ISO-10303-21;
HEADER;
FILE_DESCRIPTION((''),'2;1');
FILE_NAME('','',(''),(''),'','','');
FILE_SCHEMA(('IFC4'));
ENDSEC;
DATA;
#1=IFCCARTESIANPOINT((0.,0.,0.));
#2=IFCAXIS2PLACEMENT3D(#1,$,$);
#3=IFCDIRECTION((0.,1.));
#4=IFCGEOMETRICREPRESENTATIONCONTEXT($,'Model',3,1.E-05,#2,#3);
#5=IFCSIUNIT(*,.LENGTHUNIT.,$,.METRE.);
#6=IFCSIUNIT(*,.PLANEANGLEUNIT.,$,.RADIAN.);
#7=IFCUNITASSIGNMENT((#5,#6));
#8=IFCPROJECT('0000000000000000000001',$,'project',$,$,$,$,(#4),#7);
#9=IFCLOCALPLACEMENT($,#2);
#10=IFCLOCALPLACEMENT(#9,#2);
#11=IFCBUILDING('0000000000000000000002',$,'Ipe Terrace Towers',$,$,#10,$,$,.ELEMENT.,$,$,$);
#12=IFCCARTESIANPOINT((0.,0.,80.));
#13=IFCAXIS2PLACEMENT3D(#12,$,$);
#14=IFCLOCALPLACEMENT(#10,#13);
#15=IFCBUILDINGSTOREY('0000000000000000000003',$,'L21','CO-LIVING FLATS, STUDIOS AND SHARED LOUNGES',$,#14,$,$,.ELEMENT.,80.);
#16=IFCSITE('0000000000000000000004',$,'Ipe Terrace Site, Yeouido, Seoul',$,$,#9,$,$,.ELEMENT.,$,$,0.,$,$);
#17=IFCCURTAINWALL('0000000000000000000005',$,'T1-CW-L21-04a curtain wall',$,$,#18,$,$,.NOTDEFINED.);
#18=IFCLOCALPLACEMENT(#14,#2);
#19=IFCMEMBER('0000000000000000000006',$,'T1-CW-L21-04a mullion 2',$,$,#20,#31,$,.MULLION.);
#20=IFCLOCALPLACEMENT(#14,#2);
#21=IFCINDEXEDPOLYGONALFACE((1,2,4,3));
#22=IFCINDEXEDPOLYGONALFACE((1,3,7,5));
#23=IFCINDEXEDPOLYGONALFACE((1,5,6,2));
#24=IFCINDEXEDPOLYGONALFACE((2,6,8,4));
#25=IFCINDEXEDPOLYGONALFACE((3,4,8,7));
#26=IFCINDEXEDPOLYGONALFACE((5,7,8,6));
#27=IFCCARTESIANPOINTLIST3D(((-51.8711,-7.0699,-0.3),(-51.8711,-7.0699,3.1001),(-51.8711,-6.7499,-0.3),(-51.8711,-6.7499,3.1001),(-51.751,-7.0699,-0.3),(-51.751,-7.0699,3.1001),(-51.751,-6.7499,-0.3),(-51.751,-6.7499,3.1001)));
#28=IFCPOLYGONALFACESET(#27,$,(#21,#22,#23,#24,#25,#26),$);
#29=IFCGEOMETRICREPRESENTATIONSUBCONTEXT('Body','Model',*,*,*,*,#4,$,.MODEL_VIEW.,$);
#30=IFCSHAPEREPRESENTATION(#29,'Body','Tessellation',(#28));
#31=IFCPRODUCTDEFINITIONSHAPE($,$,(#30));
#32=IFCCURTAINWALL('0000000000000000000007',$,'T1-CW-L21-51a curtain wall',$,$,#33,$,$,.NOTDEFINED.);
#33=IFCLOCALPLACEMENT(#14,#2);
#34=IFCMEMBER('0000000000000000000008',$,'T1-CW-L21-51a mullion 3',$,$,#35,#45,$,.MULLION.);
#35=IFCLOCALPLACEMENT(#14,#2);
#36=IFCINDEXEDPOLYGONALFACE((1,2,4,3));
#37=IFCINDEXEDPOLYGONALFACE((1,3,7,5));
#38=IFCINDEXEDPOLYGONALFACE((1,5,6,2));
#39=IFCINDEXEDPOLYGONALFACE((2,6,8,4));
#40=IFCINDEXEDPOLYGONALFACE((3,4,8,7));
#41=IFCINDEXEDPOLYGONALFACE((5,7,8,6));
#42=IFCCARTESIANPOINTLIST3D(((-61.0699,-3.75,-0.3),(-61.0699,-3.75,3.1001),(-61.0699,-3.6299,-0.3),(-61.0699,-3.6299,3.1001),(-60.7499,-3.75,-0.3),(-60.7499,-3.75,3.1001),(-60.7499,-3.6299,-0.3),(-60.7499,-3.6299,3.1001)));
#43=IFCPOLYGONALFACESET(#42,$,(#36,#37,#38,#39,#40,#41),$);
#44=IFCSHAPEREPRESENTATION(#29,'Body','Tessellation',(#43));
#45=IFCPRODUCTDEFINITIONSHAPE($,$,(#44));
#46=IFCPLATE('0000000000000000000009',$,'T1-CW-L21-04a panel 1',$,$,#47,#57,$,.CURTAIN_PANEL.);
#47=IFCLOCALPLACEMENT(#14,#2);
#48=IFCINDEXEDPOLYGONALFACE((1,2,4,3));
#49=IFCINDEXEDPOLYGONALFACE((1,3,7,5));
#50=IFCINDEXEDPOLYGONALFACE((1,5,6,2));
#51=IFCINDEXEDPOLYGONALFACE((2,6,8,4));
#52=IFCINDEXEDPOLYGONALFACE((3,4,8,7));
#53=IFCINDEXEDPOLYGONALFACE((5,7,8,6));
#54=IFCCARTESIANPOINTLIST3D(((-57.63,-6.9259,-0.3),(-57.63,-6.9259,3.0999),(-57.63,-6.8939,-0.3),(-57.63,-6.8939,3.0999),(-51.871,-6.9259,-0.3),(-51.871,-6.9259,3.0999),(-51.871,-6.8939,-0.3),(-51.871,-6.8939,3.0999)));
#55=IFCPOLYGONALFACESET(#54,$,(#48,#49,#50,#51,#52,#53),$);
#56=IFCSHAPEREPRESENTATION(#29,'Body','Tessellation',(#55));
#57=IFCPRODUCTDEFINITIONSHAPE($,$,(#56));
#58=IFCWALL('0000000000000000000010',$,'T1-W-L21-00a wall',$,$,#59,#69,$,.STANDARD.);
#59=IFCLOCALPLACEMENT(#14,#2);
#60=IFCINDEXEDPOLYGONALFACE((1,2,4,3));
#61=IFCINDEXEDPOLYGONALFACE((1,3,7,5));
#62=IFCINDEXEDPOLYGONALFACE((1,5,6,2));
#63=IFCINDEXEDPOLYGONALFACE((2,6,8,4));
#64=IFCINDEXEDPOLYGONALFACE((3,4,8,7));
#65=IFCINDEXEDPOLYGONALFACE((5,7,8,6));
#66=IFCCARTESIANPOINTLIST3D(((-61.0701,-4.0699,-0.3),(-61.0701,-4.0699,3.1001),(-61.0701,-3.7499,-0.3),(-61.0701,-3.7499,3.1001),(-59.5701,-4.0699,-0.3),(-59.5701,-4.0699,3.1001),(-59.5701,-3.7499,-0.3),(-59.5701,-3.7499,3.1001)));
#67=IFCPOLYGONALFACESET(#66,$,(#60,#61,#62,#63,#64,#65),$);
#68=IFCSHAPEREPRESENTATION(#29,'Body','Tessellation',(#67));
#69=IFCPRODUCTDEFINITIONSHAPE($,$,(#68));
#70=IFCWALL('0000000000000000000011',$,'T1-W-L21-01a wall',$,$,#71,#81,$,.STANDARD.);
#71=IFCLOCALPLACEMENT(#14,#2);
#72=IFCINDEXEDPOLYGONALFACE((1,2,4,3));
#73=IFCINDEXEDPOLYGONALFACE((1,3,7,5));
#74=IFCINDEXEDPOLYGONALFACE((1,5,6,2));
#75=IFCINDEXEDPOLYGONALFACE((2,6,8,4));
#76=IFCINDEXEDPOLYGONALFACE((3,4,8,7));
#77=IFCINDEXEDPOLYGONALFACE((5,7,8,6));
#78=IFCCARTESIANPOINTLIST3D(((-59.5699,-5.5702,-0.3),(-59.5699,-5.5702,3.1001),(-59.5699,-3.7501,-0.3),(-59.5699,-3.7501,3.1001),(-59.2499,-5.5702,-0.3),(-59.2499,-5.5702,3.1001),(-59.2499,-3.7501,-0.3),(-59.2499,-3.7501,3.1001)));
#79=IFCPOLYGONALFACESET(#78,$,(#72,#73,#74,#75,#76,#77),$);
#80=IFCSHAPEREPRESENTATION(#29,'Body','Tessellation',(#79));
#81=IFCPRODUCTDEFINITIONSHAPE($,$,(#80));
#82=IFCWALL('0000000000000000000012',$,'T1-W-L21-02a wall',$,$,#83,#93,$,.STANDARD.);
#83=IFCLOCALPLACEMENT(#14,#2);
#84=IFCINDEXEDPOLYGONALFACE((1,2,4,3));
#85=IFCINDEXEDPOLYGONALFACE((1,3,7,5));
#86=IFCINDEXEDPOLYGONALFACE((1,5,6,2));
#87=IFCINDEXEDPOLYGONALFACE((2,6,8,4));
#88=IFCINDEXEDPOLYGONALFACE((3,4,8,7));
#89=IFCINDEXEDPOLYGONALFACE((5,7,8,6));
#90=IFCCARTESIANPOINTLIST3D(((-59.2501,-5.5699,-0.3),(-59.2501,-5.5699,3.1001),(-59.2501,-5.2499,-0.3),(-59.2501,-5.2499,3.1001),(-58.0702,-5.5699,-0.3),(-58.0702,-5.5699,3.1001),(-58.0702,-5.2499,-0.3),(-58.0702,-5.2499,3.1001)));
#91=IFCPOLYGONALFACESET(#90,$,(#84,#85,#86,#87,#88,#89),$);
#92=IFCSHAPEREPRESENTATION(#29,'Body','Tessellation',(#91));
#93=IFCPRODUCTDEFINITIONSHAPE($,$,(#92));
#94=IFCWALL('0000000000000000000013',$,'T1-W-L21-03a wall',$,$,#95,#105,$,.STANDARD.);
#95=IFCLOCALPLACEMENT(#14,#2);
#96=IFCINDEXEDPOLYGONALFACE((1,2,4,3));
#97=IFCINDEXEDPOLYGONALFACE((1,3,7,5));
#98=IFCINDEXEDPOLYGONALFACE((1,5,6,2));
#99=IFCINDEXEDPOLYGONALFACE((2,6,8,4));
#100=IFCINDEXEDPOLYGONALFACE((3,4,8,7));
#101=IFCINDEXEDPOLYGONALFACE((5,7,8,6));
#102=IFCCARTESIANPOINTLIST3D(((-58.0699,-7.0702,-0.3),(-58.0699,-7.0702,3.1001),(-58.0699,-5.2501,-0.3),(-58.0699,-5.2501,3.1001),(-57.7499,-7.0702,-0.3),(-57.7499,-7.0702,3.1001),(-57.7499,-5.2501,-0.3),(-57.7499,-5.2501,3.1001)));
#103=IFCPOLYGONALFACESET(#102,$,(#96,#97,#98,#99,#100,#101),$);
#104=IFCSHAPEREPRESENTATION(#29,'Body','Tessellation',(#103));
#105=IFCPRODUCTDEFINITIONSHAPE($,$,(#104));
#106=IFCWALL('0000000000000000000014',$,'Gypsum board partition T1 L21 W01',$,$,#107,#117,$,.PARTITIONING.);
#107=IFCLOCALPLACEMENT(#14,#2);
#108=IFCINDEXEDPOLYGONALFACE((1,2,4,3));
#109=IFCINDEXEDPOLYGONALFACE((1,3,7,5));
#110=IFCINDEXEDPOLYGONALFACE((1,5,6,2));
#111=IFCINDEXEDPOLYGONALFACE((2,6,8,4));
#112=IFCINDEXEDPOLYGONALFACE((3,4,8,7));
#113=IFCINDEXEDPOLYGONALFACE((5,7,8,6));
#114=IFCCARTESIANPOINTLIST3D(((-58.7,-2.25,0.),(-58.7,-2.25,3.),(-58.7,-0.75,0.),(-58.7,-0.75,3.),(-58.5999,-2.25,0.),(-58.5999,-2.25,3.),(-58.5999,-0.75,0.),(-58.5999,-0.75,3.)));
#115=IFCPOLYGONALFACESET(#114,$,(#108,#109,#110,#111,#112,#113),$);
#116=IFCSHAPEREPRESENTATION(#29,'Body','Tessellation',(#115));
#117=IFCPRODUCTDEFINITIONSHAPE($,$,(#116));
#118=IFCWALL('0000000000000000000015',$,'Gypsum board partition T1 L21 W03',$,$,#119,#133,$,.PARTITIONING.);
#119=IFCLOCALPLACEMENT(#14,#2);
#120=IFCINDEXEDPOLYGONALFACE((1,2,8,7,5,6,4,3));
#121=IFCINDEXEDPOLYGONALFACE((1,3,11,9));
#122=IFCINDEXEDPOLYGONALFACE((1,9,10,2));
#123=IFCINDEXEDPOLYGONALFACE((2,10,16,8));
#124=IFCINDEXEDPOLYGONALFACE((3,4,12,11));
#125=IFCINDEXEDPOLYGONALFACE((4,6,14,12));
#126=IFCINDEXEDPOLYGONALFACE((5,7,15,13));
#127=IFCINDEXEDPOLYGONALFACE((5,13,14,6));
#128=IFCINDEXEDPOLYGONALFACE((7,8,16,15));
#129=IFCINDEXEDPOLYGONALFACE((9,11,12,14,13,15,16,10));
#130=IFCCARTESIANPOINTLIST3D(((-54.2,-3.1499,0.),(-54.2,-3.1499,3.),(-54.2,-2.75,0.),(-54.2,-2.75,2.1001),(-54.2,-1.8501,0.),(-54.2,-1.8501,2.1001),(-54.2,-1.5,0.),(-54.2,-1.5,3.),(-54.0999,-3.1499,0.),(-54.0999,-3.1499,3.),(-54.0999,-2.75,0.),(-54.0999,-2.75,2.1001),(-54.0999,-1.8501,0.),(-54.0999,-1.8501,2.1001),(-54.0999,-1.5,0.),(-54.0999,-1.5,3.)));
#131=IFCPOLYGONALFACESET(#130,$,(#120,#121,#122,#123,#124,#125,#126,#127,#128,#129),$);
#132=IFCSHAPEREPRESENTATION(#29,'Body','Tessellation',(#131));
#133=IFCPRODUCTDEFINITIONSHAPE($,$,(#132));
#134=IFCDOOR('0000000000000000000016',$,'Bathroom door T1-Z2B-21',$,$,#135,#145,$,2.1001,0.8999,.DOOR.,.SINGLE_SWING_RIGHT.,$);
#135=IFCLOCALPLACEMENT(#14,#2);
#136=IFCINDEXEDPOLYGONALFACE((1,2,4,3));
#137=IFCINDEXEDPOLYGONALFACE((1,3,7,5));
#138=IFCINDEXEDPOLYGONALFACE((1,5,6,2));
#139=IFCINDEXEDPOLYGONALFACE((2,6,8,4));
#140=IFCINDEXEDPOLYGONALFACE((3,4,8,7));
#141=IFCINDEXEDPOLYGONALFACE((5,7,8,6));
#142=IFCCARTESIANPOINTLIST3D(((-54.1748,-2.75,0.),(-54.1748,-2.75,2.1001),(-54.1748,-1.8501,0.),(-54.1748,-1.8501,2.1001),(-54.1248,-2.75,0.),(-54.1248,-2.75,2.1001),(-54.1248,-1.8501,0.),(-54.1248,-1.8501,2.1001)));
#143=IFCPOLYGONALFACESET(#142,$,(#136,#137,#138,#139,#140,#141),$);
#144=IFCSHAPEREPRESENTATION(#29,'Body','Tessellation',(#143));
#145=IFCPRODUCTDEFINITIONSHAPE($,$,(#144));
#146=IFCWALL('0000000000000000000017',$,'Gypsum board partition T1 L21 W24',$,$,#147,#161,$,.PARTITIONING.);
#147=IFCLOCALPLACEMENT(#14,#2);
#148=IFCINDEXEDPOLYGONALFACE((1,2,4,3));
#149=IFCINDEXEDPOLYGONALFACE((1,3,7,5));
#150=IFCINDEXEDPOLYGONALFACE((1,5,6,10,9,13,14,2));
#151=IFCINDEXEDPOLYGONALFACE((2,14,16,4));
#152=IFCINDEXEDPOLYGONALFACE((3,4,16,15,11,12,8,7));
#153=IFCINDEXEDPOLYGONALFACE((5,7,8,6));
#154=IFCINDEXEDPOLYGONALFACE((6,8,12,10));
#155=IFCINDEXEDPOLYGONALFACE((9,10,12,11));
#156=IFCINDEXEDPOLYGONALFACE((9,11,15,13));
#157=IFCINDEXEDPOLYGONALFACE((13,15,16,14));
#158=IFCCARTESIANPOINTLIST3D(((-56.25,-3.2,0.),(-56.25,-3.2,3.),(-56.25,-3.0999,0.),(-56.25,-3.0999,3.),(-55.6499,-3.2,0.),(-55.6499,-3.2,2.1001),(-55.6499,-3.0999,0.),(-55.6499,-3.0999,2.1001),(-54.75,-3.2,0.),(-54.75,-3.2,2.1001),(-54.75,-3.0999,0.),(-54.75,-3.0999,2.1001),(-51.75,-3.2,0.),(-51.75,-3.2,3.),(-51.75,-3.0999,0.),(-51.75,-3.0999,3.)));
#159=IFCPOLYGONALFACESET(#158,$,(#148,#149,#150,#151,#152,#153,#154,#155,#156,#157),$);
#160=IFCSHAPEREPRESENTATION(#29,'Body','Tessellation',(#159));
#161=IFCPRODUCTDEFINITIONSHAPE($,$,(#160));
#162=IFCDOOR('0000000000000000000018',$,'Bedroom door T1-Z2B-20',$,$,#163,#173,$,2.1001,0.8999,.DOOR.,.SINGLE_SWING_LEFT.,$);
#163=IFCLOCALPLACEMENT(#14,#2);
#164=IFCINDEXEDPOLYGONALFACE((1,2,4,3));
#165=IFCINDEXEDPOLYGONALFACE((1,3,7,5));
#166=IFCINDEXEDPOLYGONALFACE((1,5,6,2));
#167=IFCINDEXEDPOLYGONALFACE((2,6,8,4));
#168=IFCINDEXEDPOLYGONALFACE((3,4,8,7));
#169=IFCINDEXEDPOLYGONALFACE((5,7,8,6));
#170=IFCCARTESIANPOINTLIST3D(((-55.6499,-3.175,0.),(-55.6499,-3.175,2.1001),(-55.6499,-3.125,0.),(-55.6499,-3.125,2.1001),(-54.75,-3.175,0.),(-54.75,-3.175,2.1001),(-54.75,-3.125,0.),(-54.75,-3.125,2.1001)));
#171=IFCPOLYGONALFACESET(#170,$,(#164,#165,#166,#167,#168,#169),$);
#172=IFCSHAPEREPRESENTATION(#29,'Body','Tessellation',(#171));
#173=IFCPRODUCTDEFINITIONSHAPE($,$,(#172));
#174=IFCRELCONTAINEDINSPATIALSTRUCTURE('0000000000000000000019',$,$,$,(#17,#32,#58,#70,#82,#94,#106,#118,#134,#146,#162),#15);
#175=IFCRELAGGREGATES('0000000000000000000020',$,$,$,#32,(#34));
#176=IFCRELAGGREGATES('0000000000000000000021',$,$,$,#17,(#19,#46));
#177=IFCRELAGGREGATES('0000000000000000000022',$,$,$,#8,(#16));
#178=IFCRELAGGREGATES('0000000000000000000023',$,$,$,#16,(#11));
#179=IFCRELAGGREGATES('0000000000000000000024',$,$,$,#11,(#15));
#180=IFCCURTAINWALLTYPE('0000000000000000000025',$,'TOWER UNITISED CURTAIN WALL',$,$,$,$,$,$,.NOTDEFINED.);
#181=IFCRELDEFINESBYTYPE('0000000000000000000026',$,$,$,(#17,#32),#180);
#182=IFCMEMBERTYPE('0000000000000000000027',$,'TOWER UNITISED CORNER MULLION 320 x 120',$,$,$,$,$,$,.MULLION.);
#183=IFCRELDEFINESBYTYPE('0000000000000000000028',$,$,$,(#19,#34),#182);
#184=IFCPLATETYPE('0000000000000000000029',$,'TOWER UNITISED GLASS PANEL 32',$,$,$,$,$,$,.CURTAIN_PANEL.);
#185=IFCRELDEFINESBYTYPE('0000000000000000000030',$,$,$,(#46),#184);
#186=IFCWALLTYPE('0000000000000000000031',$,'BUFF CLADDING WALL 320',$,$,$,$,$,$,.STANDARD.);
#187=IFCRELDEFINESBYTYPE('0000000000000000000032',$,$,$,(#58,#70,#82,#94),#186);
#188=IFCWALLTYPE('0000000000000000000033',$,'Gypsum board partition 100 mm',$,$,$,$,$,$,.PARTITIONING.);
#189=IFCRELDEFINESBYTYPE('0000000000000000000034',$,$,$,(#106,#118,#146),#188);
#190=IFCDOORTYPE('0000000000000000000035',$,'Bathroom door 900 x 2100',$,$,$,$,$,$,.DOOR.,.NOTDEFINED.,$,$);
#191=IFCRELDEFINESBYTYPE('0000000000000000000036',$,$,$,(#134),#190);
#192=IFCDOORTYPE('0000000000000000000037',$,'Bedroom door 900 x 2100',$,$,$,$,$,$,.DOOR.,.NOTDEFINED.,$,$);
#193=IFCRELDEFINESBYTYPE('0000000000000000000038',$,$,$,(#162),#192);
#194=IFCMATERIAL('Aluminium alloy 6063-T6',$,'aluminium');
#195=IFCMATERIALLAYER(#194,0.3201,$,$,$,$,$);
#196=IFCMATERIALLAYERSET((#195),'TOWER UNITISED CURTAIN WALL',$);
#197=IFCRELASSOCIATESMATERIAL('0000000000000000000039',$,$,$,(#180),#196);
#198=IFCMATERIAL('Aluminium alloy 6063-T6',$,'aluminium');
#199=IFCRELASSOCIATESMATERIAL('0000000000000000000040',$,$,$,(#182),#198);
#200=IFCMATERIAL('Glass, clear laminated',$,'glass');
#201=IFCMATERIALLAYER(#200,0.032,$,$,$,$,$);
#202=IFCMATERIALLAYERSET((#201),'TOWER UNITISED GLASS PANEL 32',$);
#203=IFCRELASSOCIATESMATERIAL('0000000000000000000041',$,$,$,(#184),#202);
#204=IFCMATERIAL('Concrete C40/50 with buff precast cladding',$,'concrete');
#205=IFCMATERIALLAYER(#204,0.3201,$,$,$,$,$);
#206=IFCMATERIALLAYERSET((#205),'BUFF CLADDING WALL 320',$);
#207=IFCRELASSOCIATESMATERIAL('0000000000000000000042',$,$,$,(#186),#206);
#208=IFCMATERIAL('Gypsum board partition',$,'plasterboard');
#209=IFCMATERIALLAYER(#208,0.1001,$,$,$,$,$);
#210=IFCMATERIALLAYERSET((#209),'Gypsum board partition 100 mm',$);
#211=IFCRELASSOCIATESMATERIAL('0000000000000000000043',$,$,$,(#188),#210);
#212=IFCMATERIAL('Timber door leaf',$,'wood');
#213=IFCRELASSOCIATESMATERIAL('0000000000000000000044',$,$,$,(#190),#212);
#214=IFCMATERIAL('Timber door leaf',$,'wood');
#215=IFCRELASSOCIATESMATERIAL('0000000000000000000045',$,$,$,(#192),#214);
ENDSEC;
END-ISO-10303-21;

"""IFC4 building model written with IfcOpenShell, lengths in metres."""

from ifc_helpers import new_model, si_unit, direction, frame, frame_2d, origin, origin_2d, place, context, subcontext, project, spatial, rectangle, extrude, material, layer, layer_set, material_profile, profile_set, type_object, element, fill, aggregate, save


model = new_model("IFC4")

# Units and contexts
model_context = context("Model", 3, precision=1e-05, world=origin(), true_north=direction((0.0, 1.0)))
body_context = subcontext(model_context, "Body", "Model", "MODEL_VIEW")
ifc_project = project(units=[si_unit("LENGTHUNIT", "METRE"), si_unit("PLANEANGLEUNIT", "RADIAN")], contexts=[model_context])

# Site, building, storey
site_placement = place(None, origin())
site = spatial("IfcSite", under=ifc_project, at=site_placement, Name="Ipe Terrace Site, Yeouido, Seoul", CompositionType="ELEMENT", RefElevation=0.0)
building_placement = place(site_placement, origin())
building = spatial("IfcBuilding", under=site, at=building_placement, Name="Ipe Terrace Towers", CompositionType="ELEMENT")
storey_placement = place(building_placement, frame((0.0, 0.0, 80.0)))
storey = spatial("IfcBuildingStorey", under=building, at=storey_placement, Name="L21", Description="CO-LIVING FLATS, STUDIOS AND SHARED LOUNGES", CompositionType="ELEMENT", Elevation=80.0)

# Curtain wall, member
ifc_material_1 = material(Name="Aluminium alloy 6063-T6", Category="aluminium")
ifc_layer_1 = layer(ifc_material_1, 0.3201)
ifc_layer_set_1 = layer_set([ifc_layer_1], Name="TOWER UNITISED CURTAIN WALL")
curtain_wall_type = type_object("IfcCurtainWallType", Name="TOWER UNITISED CURTAIN WALL", PredefinedType="NOTDEFINED", material=ifc_layer_set_1)
curtain_wall_1_placement = place(storey_placement, origin())
curtain_wall_1 = element("IfcCurtainWall", 1, at=curtain_wall_1_placement, inside=storey, type_object=curtain_wall_type, Name="T1-CW-L21-04a curtain wall", PredefinedType="NOTDEFINED")
ifc_material_2 = material(Name="Aluminium alloy 6063-T6", Category="aluminium")
ifc_material_profile_1 = material_profile(ifc_material_2, rectangle(XDim=0.3201, YDim=0.1201, at=origin_2d()), Name="TOWER UNITISED CORNER MULLION 320 x 120")
ifc_profile_set_1 = profile_set([ifc_material_profile_1], Name="Aluminium alloy 6063-T6")
member_type = type_object("IfcMemberType", Name="TOWER UNITISED CORNER MULLION 320 x 120", PredefinedType="MULLION", material=ifc_profile_set_1)
member_1_placement = place(storey_placement, frame((-51.811, -6.9099, -0.3), z_axis=(0.0, 0.0, 1.0), x_axis=(0.0, -1.0, 0.0)))
member_1 = element("IfcMember", 2, at=member_1_placement, type_object=member_type, Name="T1-CW-L21-04a mullion 2", PredefinedType="MULLION", context=body_context, shape_type="SweptSolid", body=[
    extrude(rectangle(XDim=0.3201, YDim=0.1201, at=origin_2d()), origin(), (0.0, 0.0, 1.0), 3.4001),
])

# Curtain wall, member
curtain_wall_2_placement = place(storey_placement, origin())
curtain_wall_2 = element("IfcCurtainWall", 3, at=curtain_wall_2_placement, inside=storey, type_object=curtain_wall_type, Name="T1-CW-L21-51a curtain wall", PredefinedType="NOTDEFINED")
member_2_placement = place(storey_placement, frame((-60.9099, -3.6899, -0.3), z_axis=(0.0, 0.0, 1.0), x_axis=(-1.0, 0.0, 0.0)))
member_2 = element("IfcMember", 4, at=member_2_placement, type_object=member_type, Name="T1-CW-L21-51a mullion 3", PredefinedType="MULLION", context=body_context, shape_type="SweptSolid", body=[
    extrude(rectangle(XDim=0.3201, YDim=0.1201, at=origin_2d()), origin(), (0.0, 0.0, 1.0), 3.4001),
])
aggregate(curtain_wall_2, [member_2])

# Plate
ifc_material_3 = material(Name="Glass, clear laminated", Category="glass")
ifc_layer_2 = layer(ifc_material_3, 0.032)
ifc_layer_set_2 = layer_set([ifc_layer_2], Name="TOWER UNITISED GLASS PANEL 32")
plate_type = type_object("IfcPlateType", Name="TOWER UNITISED GLASS PANEL 32", PredefinedType="CURTAIN_PANEL", material=ifc_layer_set_2)
plate_placement = place(storey_placement, frame((-54.7505, -6.9099, -0.3), z_axis=(0.0, 0.0, 1.0), x_axis=(1.0, 0.0, 0.0)))
plate = element("IfcPlate", 5, at=plate_placement, type_object=plate_type, Name="T1-CW-L21-04a panel 1", PredefinedType="CURTAIN_PANEL", context=body_context, shape_type="SweptSolid", body=[
    extrude(rectangle(XDim=5.759, YDim=0.032, at=origin_2d()), origin(), (0.0, 0.0, 1.0), 3.3999),
])
aggregate(curtain_wall_1, [member_1, plate])

# Walls
ifc_material_4 = material(Name="Concrete C40/50 with buff precast cladding", Category="concrete")
ifc_layer_3 = layer(ifc_material_4, 0.3201)
ifc_layer_set_3 = layer_set([ifc_layer_3], Name="BUFF CLADDING WALL 320")
wall_type_1 = type_object("IfcWallType", Name="BUFF CLADDING WALL 320", PredefinedType="STANDARD", material=ifc_layer_set_3)
wall_1_placement = place(storey_placement, frame((-61.0701, -3.9099, -0.3), z_axis=(0.0, 0.0, 1.0), x_axis=(1.0, 0.0, 0.0)))
element("IfcWall", 6, at=wall_1_placement, inside=storey, type_object=wall_type_1, Name="T1-W-L21-00a wall", PredefinedType="STANDARD", context=body_context, shape_type="SweptSolid", body=[
    extrude(rectangle(XDim=1.5, YDim=0.3201, at=frame_2d((0.75, 0.0))), origin(), (0.0, 0.0, 1.0), 3.4001),
])
wall_2_placement = place(storey_placement, frame((-59.4099, -3.75, -0.3), z_axis=(0.0, 0.0, 1.0), x_axis=(0.0, -1.0, 0.0)))
element("IfcWall", 7, at=wall_2_placement, inside=storey, type_object=wall_type_1, Name="T1-W-L21-01a wall", PredefinedType="STANDARD", context=body_context, shape_type="SweptSolid", body=[
    extrude(rectangle(XDim=1.8201, YDim=0.3201, at=frame_2d((0.9102, 0.0))), origin(), (0.0, 0.0, 1.0), 3.4001),
])
wall_3_placement = place(storey_placement, frame((-59.25, -5.4099, -0.3), z_axis=(0.0, 0.0, 1.0), x_axis=(1.0, 0.0, 0.0)))
element("IfcWall", 8, at=wall_3_placement, inside=storey, type_object=wall_type_1, Name="T1-W-L21-02a wall", PredefinedType="STANDARD", context=body_context, shape_type="SweptSolid", body=[
    extrude(rectangle(XDim=1.1799, YDim=0.3201, at=frame_2d((0.5898, 0.0))), origin(), (0.0, 0.0, 1.0), 3.4001),
])
wall_4_placement = place(storey_placement, frame((-57.9099, -5.25, -0.3), z_axis=(0.0, 0.0, 1.0), x_axis=(0.0, -1.0, 0.0)))
element("IfcWall", 9, at=wall_4_placement, inside=storey, type_object=wall_type_1, Name="T1-W-L21-03a wall", PredefinedType="STANDARD", context=body_context, shape_type="SweptSolid", body=[
    extrude(rectangle(XDim=1.8201, YDim=0.3201, at=frame_2d((0.9102, 0.0))), origin(), (0.0, 0.0, 1.0), 3.4001),
])
ifc_material_5 = material(Name="Gypsum board partition", Category="plasterboard")
ifc_layer_4 = layer(ifc_material_5, 0.1001)
ifc_layer_set_4 = layer_set([ifc_layer_4], Name="Gypsum board partition 100 mm")
wall_type_2 = type_object("IfcWallType", Name="Gypsum board partition 100 mm", PredefinedType="PARTITIONING", material=ifc_layer_set_4)
wall_5_placement = place(storey_placement, frame((-58.6499, -2.25, 0.0), z_axis=(0.0, 0.0, 1.0), x_axis=(0.0, 1.0, 0.0)))
element("IfcWall", 10, at=wall_5_placement, inside=storey, type_object=wall_type_2, Name="Gypsum board partition T1 L21 W01", PredefinedType="PARTITIONING", context=body_context, shape_type="SweptSolid", body=[
    extrude(rectangle(XDim=1.5, YDim=0.1001, at=frame_2d((0.75, 0.0))), origin(), (0.0, 0.0, 1.0), 3.0),
])

# Walls, openings, doors
wall_6_placement = place(storey_placement, frame((-54.1499, -3.1499, 0.0), z_axis=(0.0, 0.0, 1.0), x_axis=(0.0, 1.0, 0.0)))
wall_6 = element("IfcWall", 11, at=wall_6_placement, inside=storey, type_object=wall_type_2, Name="Gypsum board partition T1 L21 W03", PredefinedType="PARTITIONING", context=body_context, shape_type="SweptSolid", body=[
    extrude(rectangle(XDim=1.6499, YDim=0.1001, at=frame_2d((0.825, 0.0))), origin(), (0.0, 0.0, 1.0), 3.0),
])
opening_1_placement = place(wall_6_placement, frame((0.3999, 0.0, 0.0)))
opening_1 = element("IfcOpeningElement", 12, at=opening_1_placement, cuts=wall_6, PredefinedType="OPENING", context=body_context, shape_type="SweptSolid", body=[
    extrude(rectangle(XDim=0.8999, YDim=2.1001, at=frame_2d((0.45, 1.05))), frame((0.0, 0.0601, 0.0), z_axis=(0.0, -1.0, 0.0), x_axis=(1.0, 0.0, 0.0)), (0.0, 0.0, 1.0), 0.1201),
])
ifc_material_6 = material(Name="Timber door leaf", Category="wood")
door_type_1 = type_object("IfcDoorType", Name="Bathroom door 900 x 2100", OperationType="NOTDEFINED", PredefinedType="DOOR", material=ifc_material_6)
door_1_placement = place(opening_1_placement, origin())
door_1 = element("IfcDoor", 13, at=door_1_placement, inside=storey, type_object=door_type_1, Name="Bathroom door T1-Z2B-21", OperationType="SINGLE_SWING_RIGHT", OverallHeight=2.1001, OverallWidth=0.8999, PredefinedType="DOOR", context=body_context, shape_type="SweptSolid", body=[
    extrude(rectangle(XDim=0.8999, YDim=2.1001, at=frame_2d((0.45, 1.05))), frame((0.0, 0.0249, 0.0), z_axis=(0.0, -1.0, 0.0), x_axis=(1.0, 0.0, 0.0)), (0.0, 0.0, 1.0), 0.05),
])
fill(opening_1, door_1)
wall_7_placement = place(storey_placement, frame((-56.25, -3.1499, 0.0), z_axis=(0.0, 0.0, 1.0), x_axis=(1.0, 0.0, 0.0)))
wall_7 = element("IfcWall", 14, at=wall_7_placement, inside=storey, type_object=wall_type_2, Name="Gypsum board partition T1 L21 W24", PredefinedType="PARTITIONING", context=body_context, shape_type="SweptSolid", body=[
    extrude(rectangle(XDim=4.5, YDim=0.1001, at=frame_2d((2.25, 0.0))), origin(), (0.0, 0.0, 1.0), 3.0),
])
opening_2_placement = place(wall_7_placement, frame((0.6001, 0.0, 0.0)))
opening_2 = element("IfcOpeningElement", 15, at=opening_2_placement, cuts=wall_7, PredefinedType="OPENING", context=body_context, shape_type="SweptSolid", body=[
    extrude(rectangle(XDim=0.8999, YDim=2.1001, at=frame_2d((0.45, 1.05))), frame((0.0, 0.0601, 0.0), z_axis=(0.0, -1.0, 0.0), x_axis=(1.0, 0.0, 0.0)), (0.0, 0.0, 1.0), 0.1201),
])
ifc_material_7 = material(Name="Timber door leaf", Category="wood")
door_type_2 = type_object("IfcDoorType", Name="Bedroom door 900 x 2100", OperationType="NOTDEFINED", PredefinedType="DOOR", material=ifc_material_7)
door_2_placement = place(opening_2_placement, origin())
door_2 = element("IfcDoor", 16, at=door_2_placement, inside=storey, type_object=door_type_2, Name="Bedroom door T1-Z2B-20", OperationType="SINGLE_SWING_LEFT", OverallHeight=2.1001, OverallWidth=0.8999, PredefinedType="DOOR", context=body_context, shape_type="SweptSolid", body=[
    extrude(rectangle(XDim=0.8999, YDim=2.1001, at=frame_2d((0.45, 1.05))), frame((0.0, 0.0249, 0.0), z_axis=(0.0, -1.0, 0.0), x_axis=(1.0, 0.0, 0.0)), (0.0, 0.0, 1.0), 0.05),
])
fill(opening_2, door_2)

save(model, "model.ifc")
